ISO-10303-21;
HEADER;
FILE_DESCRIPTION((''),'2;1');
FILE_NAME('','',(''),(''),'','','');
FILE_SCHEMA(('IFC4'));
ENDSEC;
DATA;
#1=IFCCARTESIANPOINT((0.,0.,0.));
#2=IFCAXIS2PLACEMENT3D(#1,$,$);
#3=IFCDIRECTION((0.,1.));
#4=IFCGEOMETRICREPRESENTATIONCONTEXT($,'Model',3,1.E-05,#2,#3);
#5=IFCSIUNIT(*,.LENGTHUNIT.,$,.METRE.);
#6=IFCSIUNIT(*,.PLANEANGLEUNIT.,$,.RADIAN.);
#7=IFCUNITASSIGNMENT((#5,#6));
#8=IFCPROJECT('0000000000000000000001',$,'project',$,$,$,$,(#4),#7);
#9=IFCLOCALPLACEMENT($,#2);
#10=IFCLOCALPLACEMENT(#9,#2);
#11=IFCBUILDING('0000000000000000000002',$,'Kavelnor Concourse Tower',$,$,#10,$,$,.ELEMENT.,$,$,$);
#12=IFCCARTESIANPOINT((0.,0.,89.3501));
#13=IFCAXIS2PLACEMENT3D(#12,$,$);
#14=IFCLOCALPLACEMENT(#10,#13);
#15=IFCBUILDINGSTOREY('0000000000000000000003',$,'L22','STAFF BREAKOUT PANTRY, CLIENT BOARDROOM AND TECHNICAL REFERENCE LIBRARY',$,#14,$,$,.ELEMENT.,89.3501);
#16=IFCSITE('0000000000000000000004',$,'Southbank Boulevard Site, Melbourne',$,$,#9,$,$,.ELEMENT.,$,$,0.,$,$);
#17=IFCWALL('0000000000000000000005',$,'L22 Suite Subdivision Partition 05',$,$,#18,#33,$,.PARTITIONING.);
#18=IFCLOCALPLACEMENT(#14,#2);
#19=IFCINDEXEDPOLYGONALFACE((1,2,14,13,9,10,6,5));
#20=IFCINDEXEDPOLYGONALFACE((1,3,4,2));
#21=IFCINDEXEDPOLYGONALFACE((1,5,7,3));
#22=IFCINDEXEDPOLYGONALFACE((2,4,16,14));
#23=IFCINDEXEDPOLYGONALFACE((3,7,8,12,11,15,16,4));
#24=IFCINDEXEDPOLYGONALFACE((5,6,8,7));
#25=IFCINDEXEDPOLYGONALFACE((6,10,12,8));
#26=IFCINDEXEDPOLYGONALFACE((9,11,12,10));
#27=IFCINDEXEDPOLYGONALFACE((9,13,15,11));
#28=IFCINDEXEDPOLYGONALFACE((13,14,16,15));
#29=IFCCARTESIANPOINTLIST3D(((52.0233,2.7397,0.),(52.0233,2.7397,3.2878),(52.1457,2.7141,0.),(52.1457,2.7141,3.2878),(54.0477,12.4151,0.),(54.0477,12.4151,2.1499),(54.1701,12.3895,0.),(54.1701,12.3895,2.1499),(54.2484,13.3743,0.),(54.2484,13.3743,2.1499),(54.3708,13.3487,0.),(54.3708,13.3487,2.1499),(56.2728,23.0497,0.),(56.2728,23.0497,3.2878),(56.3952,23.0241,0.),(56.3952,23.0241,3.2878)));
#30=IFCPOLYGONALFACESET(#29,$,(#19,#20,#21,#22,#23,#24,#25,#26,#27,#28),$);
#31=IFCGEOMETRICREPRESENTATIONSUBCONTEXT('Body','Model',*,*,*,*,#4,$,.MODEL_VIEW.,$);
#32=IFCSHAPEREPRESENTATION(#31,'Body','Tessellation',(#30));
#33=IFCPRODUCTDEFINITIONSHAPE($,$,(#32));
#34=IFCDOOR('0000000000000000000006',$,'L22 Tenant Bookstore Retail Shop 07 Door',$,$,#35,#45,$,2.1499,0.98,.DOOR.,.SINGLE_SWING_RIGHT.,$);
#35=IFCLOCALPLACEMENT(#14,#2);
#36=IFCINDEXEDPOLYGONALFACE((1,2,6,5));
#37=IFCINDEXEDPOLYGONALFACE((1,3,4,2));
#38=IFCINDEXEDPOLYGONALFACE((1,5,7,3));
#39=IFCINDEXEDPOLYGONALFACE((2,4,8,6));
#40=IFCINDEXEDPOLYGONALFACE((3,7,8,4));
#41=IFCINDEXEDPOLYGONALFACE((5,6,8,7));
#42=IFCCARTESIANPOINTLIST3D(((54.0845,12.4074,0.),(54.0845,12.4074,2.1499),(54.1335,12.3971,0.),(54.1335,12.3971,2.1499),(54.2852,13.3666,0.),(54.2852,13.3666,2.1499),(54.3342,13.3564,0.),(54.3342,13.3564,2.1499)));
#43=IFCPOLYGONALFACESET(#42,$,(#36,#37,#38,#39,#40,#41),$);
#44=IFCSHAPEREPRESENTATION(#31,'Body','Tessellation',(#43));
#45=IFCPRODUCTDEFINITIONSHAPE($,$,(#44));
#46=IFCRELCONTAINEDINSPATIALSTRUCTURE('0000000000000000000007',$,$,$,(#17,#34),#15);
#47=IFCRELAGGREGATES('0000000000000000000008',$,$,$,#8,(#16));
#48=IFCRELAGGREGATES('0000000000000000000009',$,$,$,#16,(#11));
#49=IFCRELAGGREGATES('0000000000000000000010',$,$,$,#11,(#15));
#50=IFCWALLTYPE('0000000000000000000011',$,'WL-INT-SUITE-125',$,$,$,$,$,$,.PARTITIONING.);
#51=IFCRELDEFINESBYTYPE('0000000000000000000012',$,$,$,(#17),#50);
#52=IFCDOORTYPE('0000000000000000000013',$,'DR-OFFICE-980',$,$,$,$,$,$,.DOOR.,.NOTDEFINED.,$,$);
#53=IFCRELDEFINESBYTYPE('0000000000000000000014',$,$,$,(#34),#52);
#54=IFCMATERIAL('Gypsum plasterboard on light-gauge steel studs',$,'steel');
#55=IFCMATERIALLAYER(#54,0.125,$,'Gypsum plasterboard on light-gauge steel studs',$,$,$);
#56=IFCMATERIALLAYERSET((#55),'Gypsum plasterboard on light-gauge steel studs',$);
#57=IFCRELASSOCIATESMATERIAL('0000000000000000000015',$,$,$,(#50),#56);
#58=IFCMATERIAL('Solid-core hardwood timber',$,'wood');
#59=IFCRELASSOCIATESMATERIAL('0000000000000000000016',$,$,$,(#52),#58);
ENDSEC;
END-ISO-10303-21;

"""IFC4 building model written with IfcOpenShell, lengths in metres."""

from ifc_helpers import new_model, si_unit, direction, frame, frame_2d, origin, place, context, subcontext, project, spatial, rectangle, extrude, material, layer, layer_set, type_object, element, fill, save


model = new_model("IFC4")

# Units and contexts
model_context = context("Model", 3, precision=1e-05, world=origin(), true_north=direction((0.0, 1.0)))
body_context = subcontext(model_context, "Body", "Model", "MODEL_VIEW")
ifc_project = project(units=[si_unit("LENGTHUNIT", "METRE"), si_unit("PLANEANGLEUNIT", "RADIAN")], contexts=[model_context])

# Site, building, storey
site_placement = place(None, origin())
site = spatial("IfcSite", under=ifc_project, at=site_placement, Name="Southbank Boulevard Site, Melbourne", CompositionType="ELEMENT", RefElevation=0.0)
building_placement = place(site_placement, origin())
building = spatial("IfcBuilding", under=site, at=building_placement, Name="Kavelnor Concourse Tower", CompositionType="ELEMENT")
storey_placement = place(building_placement, frame((0.0, 0.0, 89.3501)))
storey = spatial("IfcBuildingStorey", under=building, at=storey_placement, Name="L22", Description="STAFF BREAKOUT PANTRY, CLIENT BOARDROOM AND TECHNICAL REFERENCE LIBRARY", CompositionType="ELEMENT", Elevation=89.3501)

# Wall, opening, door
ifc_material_1 = material(Name="Gypsum plasterboard on light-gauge steel studs", Category="steel")
ifc_layer_1 = layer(ifc_material_1, 0.125, Name="Gypsum plasterboard on light-gauge steel studs")
ifc_layer_set_1 = layer_set([ifc_layer_1], Name="Gypsum plasterboard on light-gauge steel studs")
wall_type_1 = type_object("IfcWallType", Name="WL-INT-SUITE-125", PredefinedType="PARTITIONING", material=ifc_layer_set_1)
wall_1_placement = place(storey_placement, frame((52.0845, 2.7268, 0.0), z_axis=(0.0, 0.0, 1.0), x_axis=(0.204797, 0.978804, 0.0)))
wall_1 = element("IfcWall", 1, at=wall_1_placement, inside=storey, type_object=wall_type_1, Name="L22 Suite Subdivision Partition 05", PredefinedType="PARTITIONING", context=body_context, shape_type="SweptSolid", body=[
    extrude(rectangle(XDim=20.7498, YDim=0.125, at=frame_2d((10.375, 0.0))), origin(), (0.0, 0.0, 1.0), 3.2878),
])
opening_1_placement = place(wall_1_placement, frame((9.885, 0.0, 0.0)))
opening_1 = element("IfcOpeningElement", 2, at=opening_1_placement, cuts=wall_1, PredefinedType="OPENING", context=body_context, shape_type="SweptSolid", body=[
    extrude(rectangle(XDim=0.98, YDim=2.1499, at=frame_2d((0.49, 1.075))), frame((0.0, 0.0725, 0.0), z_axis=(0.0, -1.0, 0.0), x_axis=(1.0, 0.0, 0.0)), (0.0, 0.0, 1.0), 0.145),
])
ifc_material_2 = material(Name="Solid-core hardwood timber", Category="wood")
door_type_1 = type_object("IfcDoorType", Name="DR-OFFICE-980", OperationType="NOTDEFINED", PredefinedType="DOOR", material=ifc_material_2)
door_1_placement = place(opening_1_placement, origin())
door_1 = element("IfcDoor", 3, at=door_1_placement, inside=storey, type_object=door_type_1, Name="L22 Tenant Bookstore Retail Shop 07 Door", OperationType="SINGLE_SWING_RIGHT", OverallHeight=2.1499, OverallWidth=0.98, PredefinedType="DOOR", context=body_context, shape_type="SweptSolid", body=[
    extrude(rectangle(XDim=0.98, YDim=2.1499, at=frame_2d((0.49, 1.075))), frame((0.0, 0.0249, 0.0), z_axis=(0.0, -1.0, 0.0), x_axis=(1.0, 0.0, 0.0)), (0.0, 0.0, 1.0), 0.05),
])
fill(opening_1, door_1)

save(model, "model.ifc")
